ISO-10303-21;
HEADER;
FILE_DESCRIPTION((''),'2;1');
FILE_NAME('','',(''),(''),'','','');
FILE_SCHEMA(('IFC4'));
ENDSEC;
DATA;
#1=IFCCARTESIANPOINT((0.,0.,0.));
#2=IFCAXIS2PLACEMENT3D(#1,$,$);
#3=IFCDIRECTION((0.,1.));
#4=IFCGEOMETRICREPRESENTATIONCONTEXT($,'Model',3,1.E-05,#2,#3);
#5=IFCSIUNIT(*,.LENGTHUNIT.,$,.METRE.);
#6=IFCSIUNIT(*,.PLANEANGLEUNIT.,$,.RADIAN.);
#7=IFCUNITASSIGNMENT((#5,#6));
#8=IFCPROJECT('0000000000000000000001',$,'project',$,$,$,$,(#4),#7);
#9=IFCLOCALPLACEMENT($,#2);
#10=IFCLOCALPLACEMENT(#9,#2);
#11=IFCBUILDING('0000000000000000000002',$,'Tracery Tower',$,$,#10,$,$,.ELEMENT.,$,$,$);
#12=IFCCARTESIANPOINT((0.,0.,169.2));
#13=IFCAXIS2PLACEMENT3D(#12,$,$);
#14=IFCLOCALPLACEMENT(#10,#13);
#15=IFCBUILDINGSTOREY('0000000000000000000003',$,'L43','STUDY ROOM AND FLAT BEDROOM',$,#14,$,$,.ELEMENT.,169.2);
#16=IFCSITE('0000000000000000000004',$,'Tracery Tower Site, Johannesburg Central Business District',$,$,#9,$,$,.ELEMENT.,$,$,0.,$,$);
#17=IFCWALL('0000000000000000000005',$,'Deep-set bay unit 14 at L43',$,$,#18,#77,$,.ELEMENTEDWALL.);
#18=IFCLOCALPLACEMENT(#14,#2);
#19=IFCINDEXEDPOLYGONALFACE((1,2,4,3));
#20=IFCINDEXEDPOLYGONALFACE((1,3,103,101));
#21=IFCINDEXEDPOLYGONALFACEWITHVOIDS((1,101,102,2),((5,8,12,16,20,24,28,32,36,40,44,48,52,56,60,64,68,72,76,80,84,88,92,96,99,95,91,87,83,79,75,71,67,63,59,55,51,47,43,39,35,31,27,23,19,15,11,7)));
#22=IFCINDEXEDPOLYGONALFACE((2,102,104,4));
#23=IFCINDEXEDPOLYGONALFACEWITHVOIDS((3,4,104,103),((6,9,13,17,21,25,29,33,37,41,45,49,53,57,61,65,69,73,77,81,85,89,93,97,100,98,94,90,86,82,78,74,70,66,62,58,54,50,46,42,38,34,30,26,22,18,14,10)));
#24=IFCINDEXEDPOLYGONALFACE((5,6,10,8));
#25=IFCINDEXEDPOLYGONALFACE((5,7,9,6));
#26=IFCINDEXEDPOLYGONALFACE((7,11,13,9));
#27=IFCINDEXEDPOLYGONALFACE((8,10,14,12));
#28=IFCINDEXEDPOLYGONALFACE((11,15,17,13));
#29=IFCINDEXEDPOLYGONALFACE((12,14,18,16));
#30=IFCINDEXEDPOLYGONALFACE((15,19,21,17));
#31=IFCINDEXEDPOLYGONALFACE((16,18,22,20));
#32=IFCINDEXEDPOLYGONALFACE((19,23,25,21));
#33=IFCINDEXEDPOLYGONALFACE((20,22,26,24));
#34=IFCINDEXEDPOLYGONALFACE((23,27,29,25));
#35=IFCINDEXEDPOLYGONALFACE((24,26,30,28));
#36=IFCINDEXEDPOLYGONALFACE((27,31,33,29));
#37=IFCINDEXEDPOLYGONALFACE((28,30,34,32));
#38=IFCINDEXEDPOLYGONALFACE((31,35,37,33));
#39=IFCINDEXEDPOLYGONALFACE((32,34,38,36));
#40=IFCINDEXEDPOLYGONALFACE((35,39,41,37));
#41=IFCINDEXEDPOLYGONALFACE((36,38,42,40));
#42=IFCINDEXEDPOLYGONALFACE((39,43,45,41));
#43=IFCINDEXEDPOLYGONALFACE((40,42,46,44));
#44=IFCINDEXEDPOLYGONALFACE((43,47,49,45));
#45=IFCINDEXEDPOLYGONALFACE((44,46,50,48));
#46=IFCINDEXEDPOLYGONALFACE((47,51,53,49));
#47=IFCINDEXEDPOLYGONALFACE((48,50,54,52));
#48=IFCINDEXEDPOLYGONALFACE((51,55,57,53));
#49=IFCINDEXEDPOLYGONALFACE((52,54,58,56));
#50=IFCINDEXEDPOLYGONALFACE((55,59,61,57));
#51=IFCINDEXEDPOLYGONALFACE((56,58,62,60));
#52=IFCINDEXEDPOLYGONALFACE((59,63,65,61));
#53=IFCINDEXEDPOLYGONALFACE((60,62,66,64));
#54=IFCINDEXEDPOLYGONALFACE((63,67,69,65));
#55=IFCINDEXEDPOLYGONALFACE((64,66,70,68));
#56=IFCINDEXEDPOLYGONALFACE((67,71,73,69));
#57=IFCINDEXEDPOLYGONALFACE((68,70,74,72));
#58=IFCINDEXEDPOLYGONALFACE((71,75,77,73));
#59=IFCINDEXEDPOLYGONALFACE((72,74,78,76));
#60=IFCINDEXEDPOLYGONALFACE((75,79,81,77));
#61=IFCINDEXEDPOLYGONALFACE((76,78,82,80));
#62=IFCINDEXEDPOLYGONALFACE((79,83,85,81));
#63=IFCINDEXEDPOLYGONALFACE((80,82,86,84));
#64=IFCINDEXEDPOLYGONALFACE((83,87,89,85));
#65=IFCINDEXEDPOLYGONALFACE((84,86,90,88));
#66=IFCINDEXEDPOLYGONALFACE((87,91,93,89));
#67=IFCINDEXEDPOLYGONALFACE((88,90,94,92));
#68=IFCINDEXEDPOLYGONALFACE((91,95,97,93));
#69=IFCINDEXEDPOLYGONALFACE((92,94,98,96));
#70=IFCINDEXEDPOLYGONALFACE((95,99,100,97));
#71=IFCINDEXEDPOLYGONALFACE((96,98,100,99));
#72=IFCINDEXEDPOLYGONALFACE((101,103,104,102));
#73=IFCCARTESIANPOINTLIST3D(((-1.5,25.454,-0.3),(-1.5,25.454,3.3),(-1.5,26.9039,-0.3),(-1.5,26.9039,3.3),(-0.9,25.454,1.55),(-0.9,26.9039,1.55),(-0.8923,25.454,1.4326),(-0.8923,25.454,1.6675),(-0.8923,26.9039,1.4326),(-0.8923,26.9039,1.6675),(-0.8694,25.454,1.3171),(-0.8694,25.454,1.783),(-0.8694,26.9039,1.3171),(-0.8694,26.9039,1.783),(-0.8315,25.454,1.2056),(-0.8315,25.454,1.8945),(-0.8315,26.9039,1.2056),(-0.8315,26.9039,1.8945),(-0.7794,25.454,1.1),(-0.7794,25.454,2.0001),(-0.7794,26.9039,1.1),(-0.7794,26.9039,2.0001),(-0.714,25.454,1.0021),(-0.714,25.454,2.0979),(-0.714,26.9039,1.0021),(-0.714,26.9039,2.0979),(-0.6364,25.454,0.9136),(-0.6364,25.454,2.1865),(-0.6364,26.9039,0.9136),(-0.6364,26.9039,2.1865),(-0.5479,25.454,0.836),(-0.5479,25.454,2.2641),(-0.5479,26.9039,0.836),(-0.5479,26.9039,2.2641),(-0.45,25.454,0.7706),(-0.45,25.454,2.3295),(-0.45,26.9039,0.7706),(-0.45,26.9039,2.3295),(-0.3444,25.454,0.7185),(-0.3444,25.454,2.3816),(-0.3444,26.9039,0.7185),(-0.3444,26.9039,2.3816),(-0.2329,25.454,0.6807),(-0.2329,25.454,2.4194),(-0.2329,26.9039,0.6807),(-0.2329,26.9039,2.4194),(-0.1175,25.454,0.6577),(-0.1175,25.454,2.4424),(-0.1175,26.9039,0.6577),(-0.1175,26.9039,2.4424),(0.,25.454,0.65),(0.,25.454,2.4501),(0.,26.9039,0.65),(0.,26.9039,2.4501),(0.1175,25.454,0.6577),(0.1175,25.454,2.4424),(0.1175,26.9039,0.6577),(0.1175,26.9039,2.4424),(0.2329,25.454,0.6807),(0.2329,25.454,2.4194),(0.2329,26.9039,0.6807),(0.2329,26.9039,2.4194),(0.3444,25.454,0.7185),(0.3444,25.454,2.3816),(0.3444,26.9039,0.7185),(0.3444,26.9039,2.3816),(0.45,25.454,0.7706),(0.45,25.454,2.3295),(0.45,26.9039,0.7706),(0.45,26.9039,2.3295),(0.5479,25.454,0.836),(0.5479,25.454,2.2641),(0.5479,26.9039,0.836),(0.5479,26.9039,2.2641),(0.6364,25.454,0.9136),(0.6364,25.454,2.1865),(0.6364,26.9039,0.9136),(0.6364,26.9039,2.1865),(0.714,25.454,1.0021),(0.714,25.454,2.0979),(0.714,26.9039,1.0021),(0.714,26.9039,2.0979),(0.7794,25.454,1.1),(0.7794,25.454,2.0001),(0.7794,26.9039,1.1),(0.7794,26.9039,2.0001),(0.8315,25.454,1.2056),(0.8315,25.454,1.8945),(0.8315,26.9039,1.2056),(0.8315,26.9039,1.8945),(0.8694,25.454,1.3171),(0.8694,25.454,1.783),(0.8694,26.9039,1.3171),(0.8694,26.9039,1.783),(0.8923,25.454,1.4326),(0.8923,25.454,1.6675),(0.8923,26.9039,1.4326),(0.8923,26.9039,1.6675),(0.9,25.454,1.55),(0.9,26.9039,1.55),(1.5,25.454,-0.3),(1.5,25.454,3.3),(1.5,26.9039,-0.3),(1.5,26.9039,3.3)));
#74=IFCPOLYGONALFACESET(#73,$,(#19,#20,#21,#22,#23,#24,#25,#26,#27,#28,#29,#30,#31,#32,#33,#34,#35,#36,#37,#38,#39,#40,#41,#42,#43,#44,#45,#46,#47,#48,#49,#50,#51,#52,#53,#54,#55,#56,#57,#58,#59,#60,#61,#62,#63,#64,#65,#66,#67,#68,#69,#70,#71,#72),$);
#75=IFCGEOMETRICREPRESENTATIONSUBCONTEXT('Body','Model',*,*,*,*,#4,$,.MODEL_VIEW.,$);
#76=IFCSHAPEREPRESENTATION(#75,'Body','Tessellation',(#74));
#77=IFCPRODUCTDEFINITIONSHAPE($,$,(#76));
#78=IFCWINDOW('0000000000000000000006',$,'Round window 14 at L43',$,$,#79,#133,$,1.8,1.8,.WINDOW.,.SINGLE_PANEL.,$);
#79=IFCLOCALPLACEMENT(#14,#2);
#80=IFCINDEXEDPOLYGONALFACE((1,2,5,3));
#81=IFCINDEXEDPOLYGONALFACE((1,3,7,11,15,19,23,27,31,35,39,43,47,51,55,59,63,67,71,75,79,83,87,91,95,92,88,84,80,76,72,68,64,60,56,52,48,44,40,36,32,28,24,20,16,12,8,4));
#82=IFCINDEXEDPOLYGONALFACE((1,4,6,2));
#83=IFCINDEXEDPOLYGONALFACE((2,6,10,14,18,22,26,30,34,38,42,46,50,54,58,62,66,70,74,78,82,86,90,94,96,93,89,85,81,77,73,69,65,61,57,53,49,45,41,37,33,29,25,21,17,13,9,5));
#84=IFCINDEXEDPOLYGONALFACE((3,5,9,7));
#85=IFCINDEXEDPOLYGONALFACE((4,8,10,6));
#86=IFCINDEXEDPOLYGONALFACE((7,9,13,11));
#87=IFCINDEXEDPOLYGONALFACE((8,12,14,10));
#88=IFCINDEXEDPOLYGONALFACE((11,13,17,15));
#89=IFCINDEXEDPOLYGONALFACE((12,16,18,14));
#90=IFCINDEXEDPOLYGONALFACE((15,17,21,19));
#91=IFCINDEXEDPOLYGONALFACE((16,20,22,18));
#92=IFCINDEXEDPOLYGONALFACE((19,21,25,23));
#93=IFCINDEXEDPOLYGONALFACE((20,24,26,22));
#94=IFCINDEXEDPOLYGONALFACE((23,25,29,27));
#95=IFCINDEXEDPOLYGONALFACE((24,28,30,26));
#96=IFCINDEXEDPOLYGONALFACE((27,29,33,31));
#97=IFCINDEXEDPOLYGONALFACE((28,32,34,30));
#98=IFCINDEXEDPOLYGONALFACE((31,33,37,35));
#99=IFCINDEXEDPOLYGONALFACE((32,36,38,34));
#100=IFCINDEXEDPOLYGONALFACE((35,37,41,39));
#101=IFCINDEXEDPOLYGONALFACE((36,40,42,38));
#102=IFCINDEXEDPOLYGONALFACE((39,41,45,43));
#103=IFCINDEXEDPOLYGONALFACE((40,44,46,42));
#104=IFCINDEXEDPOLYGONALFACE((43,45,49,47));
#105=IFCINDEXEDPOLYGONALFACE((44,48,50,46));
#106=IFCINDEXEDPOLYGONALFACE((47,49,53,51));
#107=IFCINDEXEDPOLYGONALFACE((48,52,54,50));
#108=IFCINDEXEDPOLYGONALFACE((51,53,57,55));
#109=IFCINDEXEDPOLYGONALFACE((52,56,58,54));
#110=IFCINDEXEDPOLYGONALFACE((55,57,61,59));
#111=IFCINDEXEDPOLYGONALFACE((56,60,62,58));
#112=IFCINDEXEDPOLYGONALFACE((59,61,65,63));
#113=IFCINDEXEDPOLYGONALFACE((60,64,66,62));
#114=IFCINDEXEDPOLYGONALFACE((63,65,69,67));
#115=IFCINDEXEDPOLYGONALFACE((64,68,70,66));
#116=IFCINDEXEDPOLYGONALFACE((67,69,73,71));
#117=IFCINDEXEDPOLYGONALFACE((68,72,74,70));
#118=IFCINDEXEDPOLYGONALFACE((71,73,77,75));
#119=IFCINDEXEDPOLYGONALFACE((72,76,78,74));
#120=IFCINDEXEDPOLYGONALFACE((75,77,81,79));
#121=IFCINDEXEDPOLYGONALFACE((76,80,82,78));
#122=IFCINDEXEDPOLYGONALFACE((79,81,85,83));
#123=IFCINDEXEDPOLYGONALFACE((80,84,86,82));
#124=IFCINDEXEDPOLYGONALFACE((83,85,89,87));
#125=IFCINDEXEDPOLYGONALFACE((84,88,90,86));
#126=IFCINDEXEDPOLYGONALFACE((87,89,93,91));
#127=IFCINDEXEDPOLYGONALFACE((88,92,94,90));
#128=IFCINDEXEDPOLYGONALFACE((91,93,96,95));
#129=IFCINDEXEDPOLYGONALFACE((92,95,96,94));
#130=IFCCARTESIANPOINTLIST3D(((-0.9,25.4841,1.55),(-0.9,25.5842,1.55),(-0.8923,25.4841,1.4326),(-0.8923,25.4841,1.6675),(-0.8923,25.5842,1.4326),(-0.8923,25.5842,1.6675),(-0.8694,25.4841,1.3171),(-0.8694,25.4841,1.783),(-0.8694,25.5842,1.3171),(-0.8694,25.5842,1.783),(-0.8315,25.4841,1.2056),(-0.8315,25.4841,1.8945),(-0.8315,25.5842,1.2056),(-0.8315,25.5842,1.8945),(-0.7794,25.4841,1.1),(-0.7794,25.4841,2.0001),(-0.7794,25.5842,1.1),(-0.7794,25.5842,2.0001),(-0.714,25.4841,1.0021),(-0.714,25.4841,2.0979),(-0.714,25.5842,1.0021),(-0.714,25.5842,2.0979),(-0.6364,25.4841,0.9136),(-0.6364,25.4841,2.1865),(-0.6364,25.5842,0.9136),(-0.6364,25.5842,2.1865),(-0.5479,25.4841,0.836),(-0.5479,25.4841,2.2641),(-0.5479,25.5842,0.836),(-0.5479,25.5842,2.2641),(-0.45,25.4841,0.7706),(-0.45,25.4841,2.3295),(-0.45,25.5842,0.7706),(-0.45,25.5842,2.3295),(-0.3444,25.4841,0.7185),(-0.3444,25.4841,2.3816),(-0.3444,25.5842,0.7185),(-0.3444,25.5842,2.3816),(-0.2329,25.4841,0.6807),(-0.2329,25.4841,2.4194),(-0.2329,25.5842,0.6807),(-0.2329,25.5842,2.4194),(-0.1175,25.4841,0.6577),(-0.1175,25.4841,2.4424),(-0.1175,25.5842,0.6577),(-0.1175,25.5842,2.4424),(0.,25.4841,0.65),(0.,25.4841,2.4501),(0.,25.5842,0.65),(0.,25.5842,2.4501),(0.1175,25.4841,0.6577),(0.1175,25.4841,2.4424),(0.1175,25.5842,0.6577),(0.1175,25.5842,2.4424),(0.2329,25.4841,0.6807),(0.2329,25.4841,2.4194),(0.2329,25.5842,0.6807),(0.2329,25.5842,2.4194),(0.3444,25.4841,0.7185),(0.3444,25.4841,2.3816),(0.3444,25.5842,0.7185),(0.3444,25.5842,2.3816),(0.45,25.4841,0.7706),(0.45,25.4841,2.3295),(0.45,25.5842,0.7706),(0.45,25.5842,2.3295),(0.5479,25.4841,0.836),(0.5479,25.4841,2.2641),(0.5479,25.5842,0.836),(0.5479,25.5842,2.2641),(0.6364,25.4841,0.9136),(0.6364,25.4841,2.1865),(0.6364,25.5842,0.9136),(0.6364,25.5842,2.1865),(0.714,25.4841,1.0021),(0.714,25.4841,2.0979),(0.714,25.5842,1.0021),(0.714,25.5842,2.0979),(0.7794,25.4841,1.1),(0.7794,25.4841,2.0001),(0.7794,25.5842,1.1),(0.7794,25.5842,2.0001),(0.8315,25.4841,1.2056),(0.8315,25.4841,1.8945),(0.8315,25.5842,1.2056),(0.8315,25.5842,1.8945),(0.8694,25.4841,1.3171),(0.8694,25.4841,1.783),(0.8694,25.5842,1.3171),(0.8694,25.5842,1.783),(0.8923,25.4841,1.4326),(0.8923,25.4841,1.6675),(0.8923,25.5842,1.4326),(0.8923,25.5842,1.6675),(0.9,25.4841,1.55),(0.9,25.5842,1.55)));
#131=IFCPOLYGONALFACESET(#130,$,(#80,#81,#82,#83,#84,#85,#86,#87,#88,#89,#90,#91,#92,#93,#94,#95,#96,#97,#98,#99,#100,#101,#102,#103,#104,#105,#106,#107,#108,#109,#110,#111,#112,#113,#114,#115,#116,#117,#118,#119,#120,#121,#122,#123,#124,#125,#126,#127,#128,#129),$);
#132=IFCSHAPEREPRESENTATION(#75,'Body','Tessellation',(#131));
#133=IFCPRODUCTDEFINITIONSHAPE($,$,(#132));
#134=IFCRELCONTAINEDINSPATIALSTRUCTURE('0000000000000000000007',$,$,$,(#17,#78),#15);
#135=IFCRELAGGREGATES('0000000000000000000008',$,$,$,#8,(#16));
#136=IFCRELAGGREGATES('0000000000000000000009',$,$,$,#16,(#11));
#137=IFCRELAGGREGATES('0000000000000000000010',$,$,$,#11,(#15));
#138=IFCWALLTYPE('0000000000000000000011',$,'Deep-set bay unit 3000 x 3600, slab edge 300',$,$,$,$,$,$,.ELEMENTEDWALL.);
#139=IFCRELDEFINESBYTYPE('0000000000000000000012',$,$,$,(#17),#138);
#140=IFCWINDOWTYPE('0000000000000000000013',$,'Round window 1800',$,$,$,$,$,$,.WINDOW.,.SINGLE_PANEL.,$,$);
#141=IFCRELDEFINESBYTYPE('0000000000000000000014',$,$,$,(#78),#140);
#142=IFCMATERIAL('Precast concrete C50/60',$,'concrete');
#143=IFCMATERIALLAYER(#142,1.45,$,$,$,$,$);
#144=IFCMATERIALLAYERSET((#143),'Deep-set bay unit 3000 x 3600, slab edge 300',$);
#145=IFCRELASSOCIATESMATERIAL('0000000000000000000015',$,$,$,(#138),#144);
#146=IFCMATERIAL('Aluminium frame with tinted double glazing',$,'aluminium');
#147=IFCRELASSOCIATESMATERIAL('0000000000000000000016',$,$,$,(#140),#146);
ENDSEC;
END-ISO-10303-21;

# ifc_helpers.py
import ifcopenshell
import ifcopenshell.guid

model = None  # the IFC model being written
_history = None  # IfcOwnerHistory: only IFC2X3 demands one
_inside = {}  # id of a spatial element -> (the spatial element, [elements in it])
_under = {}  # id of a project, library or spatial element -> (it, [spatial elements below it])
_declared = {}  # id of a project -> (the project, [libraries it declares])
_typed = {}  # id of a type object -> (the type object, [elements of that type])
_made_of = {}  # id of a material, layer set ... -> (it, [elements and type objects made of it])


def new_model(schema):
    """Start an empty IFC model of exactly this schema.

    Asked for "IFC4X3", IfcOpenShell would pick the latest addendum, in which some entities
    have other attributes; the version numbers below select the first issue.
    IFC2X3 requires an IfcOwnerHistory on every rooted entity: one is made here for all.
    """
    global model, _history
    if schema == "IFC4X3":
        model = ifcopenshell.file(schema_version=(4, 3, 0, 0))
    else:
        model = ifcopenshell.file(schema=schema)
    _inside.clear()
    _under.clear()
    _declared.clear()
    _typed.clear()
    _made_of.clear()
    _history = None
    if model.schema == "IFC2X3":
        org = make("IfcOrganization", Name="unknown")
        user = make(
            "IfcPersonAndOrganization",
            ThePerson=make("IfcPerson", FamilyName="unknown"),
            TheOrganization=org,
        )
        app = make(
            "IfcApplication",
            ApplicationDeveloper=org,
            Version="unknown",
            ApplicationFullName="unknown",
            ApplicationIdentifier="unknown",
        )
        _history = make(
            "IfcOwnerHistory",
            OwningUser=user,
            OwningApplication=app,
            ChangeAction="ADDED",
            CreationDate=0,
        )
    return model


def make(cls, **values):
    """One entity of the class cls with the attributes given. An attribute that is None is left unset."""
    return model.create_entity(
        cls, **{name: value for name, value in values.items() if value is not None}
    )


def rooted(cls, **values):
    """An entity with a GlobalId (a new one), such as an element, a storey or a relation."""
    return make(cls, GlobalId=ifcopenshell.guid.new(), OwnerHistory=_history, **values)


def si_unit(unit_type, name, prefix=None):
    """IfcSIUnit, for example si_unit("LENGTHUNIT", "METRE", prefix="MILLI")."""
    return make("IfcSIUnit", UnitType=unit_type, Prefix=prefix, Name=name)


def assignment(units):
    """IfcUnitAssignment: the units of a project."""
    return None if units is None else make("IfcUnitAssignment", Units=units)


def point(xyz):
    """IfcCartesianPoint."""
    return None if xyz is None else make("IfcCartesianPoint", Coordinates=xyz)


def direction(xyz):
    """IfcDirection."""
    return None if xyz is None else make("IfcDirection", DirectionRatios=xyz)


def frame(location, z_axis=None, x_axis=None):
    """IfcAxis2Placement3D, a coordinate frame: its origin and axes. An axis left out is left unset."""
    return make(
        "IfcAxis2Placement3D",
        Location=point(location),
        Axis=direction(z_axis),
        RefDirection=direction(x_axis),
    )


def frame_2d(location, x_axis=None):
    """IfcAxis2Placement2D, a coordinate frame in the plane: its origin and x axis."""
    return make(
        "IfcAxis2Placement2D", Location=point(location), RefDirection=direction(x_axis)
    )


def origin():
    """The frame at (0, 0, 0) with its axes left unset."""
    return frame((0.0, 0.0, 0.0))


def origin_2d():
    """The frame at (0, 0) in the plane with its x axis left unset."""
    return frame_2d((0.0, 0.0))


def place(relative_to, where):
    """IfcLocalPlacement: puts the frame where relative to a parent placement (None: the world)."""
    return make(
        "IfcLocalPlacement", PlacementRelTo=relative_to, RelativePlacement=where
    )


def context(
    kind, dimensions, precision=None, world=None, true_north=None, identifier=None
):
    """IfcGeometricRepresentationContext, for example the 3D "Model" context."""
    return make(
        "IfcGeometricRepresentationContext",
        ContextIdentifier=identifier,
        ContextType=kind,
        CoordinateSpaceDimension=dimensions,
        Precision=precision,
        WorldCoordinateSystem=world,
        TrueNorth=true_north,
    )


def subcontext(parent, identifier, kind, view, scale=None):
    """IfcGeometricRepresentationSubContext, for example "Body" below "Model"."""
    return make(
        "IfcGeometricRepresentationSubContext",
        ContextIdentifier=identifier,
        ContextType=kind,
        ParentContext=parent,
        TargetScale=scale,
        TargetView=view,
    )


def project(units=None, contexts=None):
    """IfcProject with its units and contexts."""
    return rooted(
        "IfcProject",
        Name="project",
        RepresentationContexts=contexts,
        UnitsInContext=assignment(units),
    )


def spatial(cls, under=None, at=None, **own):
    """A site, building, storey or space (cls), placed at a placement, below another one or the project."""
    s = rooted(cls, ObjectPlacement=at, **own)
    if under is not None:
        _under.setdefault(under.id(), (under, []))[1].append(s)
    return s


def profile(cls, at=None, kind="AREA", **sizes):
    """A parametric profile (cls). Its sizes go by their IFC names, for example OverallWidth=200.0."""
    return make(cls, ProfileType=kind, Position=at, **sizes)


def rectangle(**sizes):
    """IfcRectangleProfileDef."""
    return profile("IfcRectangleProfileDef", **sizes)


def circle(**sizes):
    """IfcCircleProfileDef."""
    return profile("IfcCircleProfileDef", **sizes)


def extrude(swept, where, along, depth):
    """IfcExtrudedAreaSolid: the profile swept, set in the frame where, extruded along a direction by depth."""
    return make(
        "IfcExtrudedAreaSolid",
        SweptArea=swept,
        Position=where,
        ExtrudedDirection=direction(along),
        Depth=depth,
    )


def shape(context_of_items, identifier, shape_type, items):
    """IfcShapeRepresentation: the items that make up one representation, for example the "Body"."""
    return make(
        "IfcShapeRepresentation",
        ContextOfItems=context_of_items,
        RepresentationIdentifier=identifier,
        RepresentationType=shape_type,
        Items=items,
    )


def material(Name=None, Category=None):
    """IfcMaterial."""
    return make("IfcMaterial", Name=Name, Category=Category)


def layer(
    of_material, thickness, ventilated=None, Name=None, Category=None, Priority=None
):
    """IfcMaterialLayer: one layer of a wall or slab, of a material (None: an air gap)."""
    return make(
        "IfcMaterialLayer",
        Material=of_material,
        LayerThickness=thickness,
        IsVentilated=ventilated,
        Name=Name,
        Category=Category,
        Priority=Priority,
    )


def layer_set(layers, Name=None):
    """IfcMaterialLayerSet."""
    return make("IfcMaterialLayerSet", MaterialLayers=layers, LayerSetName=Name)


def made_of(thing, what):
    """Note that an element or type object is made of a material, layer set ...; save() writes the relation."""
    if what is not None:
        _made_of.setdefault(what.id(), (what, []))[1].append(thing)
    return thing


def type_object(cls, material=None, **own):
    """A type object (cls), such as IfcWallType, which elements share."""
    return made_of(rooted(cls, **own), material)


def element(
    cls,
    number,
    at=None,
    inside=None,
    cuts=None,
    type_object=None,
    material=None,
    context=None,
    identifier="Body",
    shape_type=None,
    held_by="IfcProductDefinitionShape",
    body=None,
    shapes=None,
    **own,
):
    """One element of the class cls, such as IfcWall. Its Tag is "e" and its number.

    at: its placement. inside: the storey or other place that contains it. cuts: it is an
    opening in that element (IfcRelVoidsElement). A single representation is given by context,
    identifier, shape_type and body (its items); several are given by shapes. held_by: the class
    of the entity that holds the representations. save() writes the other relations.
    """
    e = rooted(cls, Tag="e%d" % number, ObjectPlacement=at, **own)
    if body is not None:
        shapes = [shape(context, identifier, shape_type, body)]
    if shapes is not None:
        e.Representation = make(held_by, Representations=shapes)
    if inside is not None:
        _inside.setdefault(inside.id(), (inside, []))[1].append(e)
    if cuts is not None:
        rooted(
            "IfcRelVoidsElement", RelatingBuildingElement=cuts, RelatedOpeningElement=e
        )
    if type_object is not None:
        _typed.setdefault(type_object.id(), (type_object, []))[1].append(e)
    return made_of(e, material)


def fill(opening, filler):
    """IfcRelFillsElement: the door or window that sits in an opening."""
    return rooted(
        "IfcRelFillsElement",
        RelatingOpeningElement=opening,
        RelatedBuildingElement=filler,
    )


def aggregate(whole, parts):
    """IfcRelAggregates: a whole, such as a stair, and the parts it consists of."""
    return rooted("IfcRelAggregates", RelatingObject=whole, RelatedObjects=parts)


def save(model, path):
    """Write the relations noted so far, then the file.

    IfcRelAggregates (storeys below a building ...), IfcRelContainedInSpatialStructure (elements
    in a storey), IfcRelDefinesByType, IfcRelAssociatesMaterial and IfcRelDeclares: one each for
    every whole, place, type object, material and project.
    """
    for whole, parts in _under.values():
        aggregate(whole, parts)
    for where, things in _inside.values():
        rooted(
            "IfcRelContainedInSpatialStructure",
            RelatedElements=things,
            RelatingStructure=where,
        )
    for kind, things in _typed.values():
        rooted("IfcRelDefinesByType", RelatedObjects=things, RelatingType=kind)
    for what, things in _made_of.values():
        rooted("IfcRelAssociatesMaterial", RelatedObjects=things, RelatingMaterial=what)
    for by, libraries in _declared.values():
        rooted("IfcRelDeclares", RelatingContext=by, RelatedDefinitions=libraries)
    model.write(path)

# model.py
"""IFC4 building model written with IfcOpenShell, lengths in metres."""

from ifc_helpers import new_model, si_unit, direction, frame, frame_2d, origin, origin_2d, place, context, subcontext, project, spatial, rectangle, circle, extrude, material, layer, layer_set, type_object, element, fill, save


model = new_model("IFC4")

# Units and contexts
model_context = context("Model", 3, precision=1e-05, world=origin(), true_north=direction((0.0, 1.0)))
body_context = subcontext(model_context, "Body", "Model", "MODEL_VIEW")
ifc_project = project(units=[si_unit("LENGTHUNIT", "METRE"), si_unit("PLANEANGLEUNIT", "RADIAN")], contexts=[model_context])

# Site, building, storey
site_placement = place(None, origin())
site = spatial("IfcSite", under=ifc_project, at=site_placement, Name="Tracery Tower Site, Johannesburg Central Business District", CompositionType="ELEMENT", RefElevation=0.0)
building_placement = place(site_placement, origin())
building = spatial("IfcBuilding", under=site, at=building_placement, Name="Tracery Tower", CompositionType="ELEMENT")
storey_placement = place(building_placement, frame((0.0, 0.0, 169.2)))
storey = spatial("IfcBuildingStorey", under=building, at=storey_placement, Name="L43", Description="STUDY ROOM AND FLAT BEDROOM", CompositionType="ELEMENT", Elevation=169.2)

# Wall, opening, window
ifc_material_1 = material(Name="Precast concrete C50/60", Category="concrete")
ifc_layer_1 = layer(ifc_material_1, 1.45)
ifc_layer_set_1 = layer_set([ifc_layer_1], Name="Deep-set bay unit 3000 x 3600, slab edge 300")
wall_type_1 = type_object("IfcWallType", Name="Deep-set bay unit 3000 x 3600, slab edge 300", PredefinedType="ELEMENTEDWALL", material=ifc_layer_set_1)
ifc_material_2 = material(Name="Aluminium frame with tinted double glazing", Category="aluminium")
window_type = type_object("IfcWindowType", Name="Round window 1800", PartitioningType="SINGLE_PANEL", PredefinedType="WINDOW", material=ifc_material_2)
wall_1_placement = place(storey_placement, frame((1.5, 26.179, -0.3), z_axis=(0.0, 0.0, 1.0), x_axis=(-1.0, 0.0, 0.0)))
wall_1 = element("IfcWall", 1, at=wall_1_placement, inside=storey, type_object=wall_type_1, Name="Deep-set bay unit 14 at L43", PredefinedType="ELEMENTEDWALL", context=body_context, shape_type="SweptSolid", body=[
    extrude(rectangle(XDim=3.0, YDim=1.45, at=frame_2d((1.5, 0.0))), origin(), (0.0, 0.0, 1.0), 3.6001),
])
opening_1_placement = place(wall_1_placement, frame((1.5, 0.0, 1.8501)))
opening_1 = element("IfcOpeningElement", 2, at=opening_1_placement, cuts=wall_1, PredefinedType="OPENING", context=body_context, shape_type="SweptSolid", body=[
    extrude(circle(Radius=0.9, at=origin_2d()), frame((0.0, 0.7349, 0.0), z_axis=(0.0, -1.0, 0.0), x_axis=(1.0, 0.0, 0.0)), (0.0, 0.0, 1.0), 1.47),
])
window_1_placement = place(opening_1_placement, origin())
window_1 = element("IfcWindow", 3, at=window_1_placement, inside=storey, type_object=window_type, Name="Round window 14 at L43", OverallHeight=1.8, OverallWidth=1.8, PartitioningType="SINGLE_PANEL", PredefinedType="WINDOW", context=body_context, shape_type="SweptSolid", body=[
    extrude(circle(Radius=0.9, at=origin_2d()), frame((0.0, 0.6948, 0.0), z_axis=(0.0, -1.0, 0.0), x_axis=(1.0, 0.0, 0.0)), (0.0, 0.0, 1.0), 0.1001),
])
fill(opening_1, window_1)

save(model, "model.ifc")
